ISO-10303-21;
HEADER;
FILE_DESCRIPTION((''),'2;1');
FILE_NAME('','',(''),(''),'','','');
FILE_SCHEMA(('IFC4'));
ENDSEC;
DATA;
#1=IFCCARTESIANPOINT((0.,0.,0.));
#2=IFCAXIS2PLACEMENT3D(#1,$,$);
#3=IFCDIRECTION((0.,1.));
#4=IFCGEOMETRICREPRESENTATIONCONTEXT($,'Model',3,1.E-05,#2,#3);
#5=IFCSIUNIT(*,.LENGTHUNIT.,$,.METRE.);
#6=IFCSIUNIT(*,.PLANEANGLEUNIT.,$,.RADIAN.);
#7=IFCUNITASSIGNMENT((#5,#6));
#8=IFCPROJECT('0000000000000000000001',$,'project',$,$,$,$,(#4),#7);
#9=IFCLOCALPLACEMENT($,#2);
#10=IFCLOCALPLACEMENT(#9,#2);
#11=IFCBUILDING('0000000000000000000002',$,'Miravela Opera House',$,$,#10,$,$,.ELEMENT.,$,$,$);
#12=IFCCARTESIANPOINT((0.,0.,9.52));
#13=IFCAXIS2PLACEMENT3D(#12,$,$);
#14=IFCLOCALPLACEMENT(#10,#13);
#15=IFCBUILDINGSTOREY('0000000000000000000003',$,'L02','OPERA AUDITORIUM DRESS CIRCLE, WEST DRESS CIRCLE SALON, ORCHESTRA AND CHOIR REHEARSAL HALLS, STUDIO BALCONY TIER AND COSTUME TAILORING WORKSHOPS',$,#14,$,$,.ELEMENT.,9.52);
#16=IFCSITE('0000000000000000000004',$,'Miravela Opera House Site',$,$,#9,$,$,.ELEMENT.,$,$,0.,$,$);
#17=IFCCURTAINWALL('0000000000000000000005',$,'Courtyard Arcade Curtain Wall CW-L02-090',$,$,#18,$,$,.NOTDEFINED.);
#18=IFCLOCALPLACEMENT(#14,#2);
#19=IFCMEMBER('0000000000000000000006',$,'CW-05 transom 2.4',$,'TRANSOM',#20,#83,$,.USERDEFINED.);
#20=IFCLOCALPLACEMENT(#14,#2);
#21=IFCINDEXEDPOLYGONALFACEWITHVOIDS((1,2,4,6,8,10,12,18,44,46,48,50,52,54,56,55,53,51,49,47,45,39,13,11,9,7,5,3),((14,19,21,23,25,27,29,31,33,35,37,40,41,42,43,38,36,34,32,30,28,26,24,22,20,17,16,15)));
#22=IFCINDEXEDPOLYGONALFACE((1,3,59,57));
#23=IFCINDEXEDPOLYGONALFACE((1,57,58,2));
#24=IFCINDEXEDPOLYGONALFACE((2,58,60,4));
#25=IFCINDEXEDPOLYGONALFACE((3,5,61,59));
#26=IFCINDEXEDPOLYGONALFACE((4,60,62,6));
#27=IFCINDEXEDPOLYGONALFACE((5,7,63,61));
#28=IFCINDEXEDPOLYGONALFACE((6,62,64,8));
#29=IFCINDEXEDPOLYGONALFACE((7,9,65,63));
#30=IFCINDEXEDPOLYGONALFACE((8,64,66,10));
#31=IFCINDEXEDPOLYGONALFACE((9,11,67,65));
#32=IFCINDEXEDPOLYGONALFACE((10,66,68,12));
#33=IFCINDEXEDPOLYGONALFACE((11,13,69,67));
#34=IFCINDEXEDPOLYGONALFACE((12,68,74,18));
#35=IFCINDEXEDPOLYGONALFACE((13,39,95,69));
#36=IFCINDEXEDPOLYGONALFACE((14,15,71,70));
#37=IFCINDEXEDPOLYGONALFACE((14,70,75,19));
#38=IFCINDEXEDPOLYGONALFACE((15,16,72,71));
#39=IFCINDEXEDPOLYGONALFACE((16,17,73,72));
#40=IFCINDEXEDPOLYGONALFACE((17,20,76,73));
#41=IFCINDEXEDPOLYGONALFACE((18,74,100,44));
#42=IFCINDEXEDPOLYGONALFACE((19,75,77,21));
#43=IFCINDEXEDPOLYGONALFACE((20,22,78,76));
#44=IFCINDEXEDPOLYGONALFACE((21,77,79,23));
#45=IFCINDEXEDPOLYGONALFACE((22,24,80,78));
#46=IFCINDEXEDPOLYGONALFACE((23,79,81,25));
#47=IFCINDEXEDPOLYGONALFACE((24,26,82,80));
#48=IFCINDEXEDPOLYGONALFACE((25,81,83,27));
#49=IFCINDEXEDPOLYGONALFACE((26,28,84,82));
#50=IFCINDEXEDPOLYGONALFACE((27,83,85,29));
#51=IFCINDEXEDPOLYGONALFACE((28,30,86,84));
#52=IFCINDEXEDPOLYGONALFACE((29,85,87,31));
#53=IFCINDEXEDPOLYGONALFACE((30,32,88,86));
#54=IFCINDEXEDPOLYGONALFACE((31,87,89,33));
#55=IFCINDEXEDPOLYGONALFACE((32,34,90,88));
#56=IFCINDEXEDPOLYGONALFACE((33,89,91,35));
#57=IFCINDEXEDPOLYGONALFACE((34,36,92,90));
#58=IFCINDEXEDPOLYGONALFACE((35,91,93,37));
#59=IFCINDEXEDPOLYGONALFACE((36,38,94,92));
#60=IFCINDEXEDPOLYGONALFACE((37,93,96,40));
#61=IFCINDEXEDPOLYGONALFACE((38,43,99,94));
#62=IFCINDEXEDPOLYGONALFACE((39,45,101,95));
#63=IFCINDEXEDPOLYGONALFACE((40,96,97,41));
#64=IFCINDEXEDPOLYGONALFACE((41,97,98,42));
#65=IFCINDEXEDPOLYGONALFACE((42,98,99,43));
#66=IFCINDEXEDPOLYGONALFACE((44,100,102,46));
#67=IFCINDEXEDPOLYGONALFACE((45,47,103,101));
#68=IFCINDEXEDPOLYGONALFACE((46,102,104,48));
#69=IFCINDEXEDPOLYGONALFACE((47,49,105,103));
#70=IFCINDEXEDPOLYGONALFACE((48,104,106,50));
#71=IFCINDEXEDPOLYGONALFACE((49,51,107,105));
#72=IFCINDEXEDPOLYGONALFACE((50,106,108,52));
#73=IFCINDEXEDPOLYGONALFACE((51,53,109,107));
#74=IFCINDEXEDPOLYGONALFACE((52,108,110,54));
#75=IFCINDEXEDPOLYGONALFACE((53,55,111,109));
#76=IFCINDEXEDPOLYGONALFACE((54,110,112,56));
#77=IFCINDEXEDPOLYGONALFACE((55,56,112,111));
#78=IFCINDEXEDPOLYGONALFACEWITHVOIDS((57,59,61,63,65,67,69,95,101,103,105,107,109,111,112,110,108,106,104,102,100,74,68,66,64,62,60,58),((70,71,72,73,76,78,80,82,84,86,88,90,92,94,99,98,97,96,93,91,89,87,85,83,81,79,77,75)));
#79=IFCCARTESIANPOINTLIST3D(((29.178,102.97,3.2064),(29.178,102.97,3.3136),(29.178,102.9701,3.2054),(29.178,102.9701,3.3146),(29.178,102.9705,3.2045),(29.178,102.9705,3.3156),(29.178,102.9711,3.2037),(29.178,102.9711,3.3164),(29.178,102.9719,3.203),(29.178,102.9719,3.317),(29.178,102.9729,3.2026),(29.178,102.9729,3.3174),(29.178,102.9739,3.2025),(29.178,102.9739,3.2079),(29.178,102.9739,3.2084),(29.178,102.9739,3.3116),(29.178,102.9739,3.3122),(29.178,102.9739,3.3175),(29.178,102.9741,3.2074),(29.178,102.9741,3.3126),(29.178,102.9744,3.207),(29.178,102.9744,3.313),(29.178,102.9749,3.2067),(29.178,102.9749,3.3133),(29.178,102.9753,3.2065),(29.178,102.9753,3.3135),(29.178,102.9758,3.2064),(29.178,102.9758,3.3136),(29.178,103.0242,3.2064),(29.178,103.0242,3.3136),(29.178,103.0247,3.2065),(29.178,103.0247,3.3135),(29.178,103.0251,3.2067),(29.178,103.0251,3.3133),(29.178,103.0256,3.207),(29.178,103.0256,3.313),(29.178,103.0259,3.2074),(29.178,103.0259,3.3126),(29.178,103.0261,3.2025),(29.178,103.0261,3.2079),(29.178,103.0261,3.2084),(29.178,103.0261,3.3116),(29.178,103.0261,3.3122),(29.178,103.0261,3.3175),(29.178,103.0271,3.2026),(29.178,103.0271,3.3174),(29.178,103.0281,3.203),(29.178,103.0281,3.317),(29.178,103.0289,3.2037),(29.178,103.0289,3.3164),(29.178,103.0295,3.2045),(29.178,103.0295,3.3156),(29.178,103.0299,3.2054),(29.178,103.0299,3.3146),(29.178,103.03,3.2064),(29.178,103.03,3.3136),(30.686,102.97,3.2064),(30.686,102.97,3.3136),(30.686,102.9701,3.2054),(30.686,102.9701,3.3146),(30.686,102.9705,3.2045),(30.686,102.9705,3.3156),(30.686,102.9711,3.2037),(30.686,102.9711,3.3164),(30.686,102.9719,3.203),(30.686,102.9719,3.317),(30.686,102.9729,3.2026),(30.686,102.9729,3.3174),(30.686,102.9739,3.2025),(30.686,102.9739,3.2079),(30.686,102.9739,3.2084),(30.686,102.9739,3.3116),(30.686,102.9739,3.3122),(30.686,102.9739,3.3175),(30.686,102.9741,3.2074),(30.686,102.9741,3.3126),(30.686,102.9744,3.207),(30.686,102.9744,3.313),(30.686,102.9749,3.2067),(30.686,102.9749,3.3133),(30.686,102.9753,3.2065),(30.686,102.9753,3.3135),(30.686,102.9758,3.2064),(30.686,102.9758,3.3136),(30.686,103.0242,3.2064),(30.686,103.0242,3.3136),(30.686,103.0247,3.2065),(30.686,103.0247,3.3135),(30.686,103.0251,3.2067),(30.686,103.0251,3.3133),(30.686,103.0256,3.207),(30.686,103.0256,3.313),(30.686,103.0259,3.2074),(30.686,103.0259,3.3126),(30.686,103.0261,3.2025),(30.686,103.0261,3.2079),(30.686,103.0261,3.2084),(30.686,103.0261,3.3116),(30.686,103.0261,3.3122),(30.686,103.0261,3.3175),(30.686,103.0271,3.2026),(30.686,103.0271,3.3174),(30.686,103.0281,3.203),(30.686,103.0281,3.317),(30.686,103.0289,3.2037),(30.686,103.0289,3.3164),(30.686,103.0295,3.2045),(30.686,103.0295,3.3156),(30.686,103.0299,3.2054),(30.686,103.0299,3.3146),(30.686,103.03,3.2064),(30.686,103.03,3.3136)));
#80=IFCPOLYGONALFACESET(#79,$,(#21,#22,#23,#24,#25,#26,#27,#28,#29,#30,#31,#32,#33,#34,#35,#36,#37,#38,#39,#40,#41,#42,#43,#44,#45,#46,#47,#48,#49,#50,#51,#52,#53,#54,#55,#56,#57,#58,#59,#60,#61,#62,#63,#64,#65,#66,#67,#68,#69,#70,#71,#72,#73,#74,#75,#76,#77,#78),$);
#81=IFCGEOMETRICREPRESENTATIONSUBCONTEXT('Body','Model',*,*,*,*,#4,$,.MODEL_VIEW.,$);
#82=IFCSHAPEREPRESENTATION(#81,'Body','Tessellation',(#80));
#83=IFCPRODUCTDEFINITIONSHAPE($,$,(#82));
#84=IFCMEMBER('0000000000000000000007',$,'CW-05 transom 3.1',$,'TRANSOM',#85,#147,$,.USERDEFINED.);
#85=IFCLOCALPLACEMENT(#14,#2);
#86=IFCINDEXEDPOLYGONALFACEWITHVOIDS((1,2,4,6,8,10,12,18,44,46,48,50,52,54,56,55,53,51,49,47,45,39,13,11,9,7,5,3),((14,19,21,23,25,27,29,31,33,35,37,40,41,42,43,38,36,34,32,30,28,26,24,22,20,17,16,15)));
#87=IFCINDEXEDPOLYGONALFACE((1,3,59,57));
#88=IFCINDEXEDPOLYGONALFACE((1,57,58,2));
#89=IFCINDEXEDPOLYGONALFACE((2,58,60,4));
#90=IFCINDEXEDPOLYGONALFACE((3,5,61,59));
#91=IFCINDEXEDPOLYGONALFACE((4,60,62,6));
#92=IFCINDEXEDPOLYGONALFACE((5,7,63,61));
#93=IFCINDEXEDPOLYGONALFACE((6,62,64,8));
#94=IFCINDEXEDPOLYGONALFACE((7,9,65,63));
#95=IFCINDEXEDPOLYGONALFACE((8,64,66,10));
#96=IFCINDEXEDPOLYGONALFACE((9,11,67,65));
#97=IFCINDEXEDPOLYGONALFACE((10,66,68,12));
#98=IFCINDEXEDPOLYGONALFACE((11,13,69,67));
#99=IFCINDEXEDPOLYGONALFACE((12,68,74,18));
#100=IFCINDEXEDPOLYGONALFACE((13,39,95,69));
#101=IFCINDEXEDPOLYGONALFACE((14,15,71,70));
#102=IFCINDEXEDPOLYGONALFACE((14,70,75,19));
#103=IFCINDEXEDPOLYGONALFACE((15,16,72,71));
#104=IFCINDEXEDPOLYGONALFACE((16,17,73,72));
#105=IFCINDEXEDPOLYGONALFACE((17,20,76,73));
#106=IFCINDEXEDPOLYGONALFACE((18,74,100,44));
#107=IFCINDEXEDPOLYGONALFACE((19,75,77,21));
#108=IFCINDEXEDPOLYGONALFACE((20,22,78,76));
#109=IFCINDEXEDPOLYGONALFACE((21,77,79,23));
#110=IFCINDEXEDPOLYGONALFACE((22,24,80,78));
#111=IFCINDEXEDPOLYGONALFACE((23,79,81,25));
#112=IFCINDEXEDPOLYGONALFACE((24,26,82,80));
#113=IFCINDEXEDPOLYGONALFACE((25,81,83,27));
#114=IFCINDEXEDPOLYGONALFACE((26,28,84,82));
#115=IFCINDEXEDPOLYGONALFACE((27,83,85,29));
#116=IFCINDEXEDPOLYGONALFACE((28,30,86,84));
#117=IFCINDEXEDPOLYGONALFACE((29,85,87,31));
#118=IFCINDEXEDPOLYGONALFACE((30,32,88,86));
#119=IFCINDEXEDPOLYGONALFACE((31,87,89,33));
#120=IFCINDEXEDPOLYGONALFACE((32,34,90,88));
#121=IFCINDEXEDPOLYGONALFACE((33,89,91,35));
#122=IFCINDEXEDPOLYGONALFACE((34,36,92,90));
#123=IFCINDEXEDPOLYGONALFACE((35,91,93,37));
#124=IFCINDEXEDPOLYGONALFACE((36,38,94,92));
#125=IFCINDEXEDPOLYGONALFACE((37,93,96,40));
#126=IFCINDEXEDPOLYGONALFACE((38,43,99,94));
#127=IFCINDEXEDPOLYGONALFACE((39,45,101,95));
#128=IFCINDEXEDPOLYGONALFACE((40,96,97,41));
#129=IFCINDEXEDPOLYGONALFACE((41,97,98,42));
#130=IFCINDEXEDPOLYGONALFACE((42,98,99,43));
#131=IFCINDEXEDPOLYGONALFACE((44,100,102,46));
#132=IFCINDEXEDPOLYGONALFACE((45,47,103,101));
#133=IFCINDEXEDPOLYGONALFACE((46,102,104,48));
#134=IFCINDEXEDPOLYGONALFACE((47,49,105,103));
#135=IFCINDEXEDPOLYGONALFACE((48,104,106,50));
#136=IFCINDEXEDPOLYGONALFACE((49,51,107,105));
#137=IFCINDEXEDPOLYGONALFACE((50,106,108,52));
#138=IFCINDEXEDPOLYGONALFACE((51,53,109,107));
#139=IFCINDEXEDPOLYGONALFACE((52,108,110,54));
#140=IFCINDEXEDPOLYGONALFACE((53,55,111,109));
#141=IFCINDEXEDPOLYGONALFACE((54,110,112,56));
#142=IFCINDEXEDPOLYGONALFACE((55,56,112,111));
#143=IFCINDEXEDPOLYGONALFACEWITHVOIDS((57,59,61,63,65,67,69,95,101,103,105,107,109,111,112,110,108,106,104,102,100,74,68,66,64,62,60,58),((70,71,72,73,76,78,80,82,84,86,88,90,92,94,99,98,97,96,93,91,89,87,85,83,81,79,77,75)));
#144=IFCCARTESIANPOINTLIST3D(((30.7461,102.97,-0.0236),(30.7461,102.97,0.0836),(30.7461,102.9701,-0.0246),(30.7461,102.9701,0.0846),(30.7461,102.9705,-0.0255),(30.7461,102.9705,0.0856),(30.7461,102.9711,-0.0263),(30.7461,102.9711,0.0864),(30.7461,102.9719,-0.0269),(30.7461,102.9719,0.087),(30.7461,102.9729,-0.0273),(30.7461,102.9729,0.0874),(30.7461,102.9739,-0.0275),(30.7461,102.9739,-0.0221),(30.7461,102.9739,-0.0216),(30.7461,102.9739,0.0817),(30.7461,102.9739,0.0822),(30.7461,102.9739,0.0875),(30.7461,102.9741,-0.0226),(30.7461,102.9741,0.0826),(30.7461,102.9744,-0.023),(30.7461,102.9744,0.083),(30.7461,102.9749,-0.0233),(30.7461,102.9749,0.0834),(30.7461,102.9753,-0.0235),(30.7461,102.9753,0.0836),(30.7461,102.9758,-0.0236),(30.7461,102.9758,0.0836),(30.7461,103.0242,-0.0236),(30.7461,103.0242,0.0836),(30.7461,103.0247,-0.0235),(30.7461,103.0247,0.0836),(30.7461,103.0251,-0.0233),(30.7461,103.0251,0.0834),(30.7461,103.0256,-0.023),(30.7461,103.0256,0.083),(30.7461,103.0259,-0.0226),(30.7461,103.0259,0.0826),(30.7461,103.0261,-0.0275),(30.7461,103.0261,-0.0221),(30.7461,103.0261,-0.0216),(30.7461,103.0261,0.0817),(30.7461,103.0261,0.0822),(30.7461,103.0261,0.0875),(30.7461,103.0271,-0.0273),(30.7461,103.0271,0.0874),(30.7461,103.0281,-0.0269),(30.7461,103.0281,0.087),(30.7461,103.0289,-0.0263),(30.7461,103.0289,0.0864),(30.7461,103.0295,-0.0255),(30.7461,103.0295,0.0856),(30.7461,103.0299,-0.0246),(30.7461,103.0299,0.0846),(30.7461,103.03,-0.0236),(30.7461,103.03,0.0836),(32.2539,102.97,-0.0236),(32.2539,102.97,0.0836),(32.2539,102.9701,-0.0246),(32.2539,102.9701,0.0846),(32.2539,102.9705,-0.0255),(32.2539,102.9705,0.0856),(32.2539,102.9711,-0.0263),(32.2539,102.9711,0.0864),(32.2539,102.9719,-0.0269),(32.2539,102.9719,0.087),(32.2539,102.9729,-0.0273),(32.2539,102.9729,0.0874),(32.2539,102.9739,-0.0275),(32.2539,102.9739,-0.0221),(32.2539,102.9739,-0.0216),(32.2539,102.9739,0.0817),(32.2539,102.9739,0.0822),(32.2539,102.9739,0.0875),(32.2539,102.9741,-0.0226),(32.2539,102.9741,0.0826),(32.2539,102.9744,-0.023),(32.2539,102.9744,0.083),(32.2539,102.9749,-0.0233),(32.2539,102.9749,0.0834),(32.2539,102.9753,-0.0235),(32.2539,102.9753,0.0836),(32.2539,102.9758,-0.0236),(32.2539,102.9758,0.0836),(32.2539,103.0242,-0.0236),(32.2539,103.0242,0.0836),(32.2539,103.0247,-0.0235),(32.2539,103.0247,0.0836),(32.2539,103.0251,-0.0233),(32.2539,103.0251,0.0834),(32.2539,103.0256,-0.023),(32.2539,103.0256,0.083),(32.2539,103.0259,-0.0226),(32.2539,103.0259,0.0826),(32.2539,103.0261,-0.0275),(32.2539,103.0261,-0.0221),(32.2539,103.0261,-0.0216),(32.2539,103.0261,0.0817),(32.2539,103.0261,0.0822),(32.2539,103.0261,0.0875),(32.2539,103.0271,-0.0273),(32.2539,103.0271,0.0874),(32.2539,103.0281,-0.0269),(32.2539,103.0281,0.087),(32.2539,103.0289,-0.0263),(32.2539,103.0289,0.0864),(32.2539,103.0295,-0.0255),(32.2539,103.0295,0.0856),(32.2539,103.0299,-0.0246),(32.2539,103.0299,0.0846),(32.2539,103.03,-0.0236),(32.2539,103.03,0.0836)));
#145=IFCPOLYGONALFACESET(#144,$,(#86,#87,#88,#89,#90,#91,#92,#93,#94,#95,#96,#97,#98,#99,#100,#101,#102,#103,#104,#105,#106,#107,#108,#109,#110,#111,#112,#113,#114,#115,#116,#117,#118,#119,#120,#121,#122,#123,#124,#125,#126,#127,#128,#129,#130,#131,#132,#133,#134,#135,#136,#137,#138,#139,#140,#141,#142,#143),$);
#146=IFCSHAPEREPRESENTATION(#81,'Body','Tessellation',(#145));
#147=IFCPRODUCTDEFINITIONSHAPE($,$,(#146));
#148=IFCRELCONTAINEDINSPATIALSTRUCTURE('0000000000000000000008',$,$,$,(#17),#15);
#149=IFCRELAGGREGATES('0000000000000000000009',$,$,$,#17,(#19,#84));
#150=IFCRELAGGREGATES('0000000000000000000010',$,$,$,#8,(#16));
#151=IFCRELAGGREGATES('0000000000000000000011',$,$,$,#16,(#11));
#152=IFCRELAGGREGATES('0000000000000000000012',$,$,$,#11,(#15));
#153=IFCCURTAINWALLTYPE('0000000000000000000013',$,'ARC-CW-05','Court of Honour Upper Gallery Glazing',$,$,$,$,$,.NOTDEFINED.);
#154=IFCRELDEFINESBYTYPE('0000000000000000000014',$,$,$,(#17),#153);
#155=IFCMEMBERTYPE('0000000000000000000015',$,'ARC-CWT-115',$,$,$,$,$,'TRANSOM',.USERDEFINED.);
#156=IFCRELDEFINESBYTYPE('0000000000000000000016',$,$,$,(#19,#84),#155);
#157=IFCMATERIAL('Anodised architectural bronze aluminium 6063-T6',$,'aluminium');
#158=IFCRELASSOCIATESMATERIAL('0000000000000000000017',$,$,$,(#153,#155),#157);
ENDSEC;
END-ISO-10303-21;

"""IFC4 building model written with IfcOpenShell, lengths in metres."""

from ifc_helpers import new_model, si_unit, direction, frame, origin, origin_2d, place, context, subcontext, project, spatial, hollow_rectangle, extrude, material, material_profile, profile_set, type_object, element, aggregate, save


model = new_model("IFC4")

# Units and contexts
model_context = context("Model", 3, precision=1e-05, world=origin(), true_north=direction((0.0, 1.0)))
body_context = subcontext(model_context, "Body", "Model", "MODEL_VIEW")
ifc_project = project(units=[si_unit("LENGTHUNIT", "METRE"), si_unit("PLANEANGLEUNIT", "RADIAN")], contexts=[model_context])

# Site, building, storey
site_placement = place(None, origin())
site = spatial("IfcSite", under=ifc_project, at=site_placement, Name="Miravela Opera House Site", CompositionType="ELEMENT", RefElevation=0.0)
building_placement = place(site_placement, origin())
building = spatial("IfcBuilding", under=site, at=building_placement, Name="Miravela Opera House", CompositionType="ELEMENT")
storey_placement = place(building_placement, frame((0.0, 0.0, 9.52)))
storey = spatial("IfcBuildingStorey", under=building, at=storey_placement, Name="L02", Description="OPERA AUDITORIUM DRESS CIRCLE, WEST DRESS CIRCLE SALON, ORCHESTRA AND CHOIR REHEARSAL HALLS, STUDIO BALCONY TIER AND COSTUME TAILORING WORKSHOPS", CompositionType="ELEMENT", Elevation=9.52)

# Curtain wall, members
ifc_material_1 = material(Name="Anodised architectural bronze aluminium 6063-T6", Category="aluminium")
curtain_wall_type = type_object("IfcCurtainWallType", Name="ARC-CW-05", Description="Court of Honour Upper Gallery Glazing", PredefinedType="NOTDEFINED", material=ifc_material_1)
curtain_wall_placement = place(storey_placement, origin())
curtain_wall = element("IfcCurtainWall", 1, at=curtain_wall_placement, inside=storey, type_object=curtain_wall_type, Name="Courtyard Arcade Curtain Wall CW-L02-090", PredefinedType="NOTDEFINED")
ifc_material_profile_1 = material_profile(ifc_material_1, hollow_rectangle(XDim=0.0601, YDim=0.115, WallThickness=0.0039, InnerFilletRadius=0.002, OuterFilletRadius=0.0039, at=origin_2d()), Name="CWT-60X115")
ifc_profile_set_1 = profile_set([ifc_material_profile_1])
member_type_1 = type_object("IfcMemberType", Name="ARC-CWT-115", ElementType="TRANSOM", PredefinedType="USERDEFINED", material=ifc_profile_set_1)
member_1_placement = place(storey_placement, frame((29.178, 103.0, 3.26), z_axis=(1.0, 0.0, 0.0), x_axis=(0.0, 1.0, 0.0)))
member_1 = element("IfcMember", 2, at=member_1_placement, type_object=member_type_1, Name="CW-05 transom 2.4", ObjectType="TRANSOM", PredefinedType="USERDEFINED", context=body_context, shape_type="SweptSolid", body=[
    extrude(hollow_rectangle(XDim=0.0601, YDim=0.115, WallThickness=0.0039, InnerFilletRadius=0.002, OuterFilletRadius=0.0039, at=origin_2d()), origin(), (0.0, 0.0, 1.0), 1.5081),
])
member_2_placement = place(storey_placement, frame((30.7461, 103.0, 0.03), z_axis=(1.0, 0.0, 0.0), x_axis=(0.0, 1.0, 0.0)))
member_2 = element("IfcMember", 3, at=member_2_placement, type_object=member_type_1, Name="CW-05 transom 3.1", ObjectType="TRANSOM", PredefinedType="USERDEFINED", context=body_context, shape_type="SweptSolid", body=[
    extrude(hollow_rectangle(XDim=0.0601, YDim=0.115, WallThickness=0.0039, InnerFilletRadius=0.002, OuterFilletRadius=0.0039, at=origin_2d()), origin(), (0.0, 0.0, 1.0), 1.5078),
])
aggregate(curtain_wall, [member_1, member_2])

save(model, "model.ifc")
